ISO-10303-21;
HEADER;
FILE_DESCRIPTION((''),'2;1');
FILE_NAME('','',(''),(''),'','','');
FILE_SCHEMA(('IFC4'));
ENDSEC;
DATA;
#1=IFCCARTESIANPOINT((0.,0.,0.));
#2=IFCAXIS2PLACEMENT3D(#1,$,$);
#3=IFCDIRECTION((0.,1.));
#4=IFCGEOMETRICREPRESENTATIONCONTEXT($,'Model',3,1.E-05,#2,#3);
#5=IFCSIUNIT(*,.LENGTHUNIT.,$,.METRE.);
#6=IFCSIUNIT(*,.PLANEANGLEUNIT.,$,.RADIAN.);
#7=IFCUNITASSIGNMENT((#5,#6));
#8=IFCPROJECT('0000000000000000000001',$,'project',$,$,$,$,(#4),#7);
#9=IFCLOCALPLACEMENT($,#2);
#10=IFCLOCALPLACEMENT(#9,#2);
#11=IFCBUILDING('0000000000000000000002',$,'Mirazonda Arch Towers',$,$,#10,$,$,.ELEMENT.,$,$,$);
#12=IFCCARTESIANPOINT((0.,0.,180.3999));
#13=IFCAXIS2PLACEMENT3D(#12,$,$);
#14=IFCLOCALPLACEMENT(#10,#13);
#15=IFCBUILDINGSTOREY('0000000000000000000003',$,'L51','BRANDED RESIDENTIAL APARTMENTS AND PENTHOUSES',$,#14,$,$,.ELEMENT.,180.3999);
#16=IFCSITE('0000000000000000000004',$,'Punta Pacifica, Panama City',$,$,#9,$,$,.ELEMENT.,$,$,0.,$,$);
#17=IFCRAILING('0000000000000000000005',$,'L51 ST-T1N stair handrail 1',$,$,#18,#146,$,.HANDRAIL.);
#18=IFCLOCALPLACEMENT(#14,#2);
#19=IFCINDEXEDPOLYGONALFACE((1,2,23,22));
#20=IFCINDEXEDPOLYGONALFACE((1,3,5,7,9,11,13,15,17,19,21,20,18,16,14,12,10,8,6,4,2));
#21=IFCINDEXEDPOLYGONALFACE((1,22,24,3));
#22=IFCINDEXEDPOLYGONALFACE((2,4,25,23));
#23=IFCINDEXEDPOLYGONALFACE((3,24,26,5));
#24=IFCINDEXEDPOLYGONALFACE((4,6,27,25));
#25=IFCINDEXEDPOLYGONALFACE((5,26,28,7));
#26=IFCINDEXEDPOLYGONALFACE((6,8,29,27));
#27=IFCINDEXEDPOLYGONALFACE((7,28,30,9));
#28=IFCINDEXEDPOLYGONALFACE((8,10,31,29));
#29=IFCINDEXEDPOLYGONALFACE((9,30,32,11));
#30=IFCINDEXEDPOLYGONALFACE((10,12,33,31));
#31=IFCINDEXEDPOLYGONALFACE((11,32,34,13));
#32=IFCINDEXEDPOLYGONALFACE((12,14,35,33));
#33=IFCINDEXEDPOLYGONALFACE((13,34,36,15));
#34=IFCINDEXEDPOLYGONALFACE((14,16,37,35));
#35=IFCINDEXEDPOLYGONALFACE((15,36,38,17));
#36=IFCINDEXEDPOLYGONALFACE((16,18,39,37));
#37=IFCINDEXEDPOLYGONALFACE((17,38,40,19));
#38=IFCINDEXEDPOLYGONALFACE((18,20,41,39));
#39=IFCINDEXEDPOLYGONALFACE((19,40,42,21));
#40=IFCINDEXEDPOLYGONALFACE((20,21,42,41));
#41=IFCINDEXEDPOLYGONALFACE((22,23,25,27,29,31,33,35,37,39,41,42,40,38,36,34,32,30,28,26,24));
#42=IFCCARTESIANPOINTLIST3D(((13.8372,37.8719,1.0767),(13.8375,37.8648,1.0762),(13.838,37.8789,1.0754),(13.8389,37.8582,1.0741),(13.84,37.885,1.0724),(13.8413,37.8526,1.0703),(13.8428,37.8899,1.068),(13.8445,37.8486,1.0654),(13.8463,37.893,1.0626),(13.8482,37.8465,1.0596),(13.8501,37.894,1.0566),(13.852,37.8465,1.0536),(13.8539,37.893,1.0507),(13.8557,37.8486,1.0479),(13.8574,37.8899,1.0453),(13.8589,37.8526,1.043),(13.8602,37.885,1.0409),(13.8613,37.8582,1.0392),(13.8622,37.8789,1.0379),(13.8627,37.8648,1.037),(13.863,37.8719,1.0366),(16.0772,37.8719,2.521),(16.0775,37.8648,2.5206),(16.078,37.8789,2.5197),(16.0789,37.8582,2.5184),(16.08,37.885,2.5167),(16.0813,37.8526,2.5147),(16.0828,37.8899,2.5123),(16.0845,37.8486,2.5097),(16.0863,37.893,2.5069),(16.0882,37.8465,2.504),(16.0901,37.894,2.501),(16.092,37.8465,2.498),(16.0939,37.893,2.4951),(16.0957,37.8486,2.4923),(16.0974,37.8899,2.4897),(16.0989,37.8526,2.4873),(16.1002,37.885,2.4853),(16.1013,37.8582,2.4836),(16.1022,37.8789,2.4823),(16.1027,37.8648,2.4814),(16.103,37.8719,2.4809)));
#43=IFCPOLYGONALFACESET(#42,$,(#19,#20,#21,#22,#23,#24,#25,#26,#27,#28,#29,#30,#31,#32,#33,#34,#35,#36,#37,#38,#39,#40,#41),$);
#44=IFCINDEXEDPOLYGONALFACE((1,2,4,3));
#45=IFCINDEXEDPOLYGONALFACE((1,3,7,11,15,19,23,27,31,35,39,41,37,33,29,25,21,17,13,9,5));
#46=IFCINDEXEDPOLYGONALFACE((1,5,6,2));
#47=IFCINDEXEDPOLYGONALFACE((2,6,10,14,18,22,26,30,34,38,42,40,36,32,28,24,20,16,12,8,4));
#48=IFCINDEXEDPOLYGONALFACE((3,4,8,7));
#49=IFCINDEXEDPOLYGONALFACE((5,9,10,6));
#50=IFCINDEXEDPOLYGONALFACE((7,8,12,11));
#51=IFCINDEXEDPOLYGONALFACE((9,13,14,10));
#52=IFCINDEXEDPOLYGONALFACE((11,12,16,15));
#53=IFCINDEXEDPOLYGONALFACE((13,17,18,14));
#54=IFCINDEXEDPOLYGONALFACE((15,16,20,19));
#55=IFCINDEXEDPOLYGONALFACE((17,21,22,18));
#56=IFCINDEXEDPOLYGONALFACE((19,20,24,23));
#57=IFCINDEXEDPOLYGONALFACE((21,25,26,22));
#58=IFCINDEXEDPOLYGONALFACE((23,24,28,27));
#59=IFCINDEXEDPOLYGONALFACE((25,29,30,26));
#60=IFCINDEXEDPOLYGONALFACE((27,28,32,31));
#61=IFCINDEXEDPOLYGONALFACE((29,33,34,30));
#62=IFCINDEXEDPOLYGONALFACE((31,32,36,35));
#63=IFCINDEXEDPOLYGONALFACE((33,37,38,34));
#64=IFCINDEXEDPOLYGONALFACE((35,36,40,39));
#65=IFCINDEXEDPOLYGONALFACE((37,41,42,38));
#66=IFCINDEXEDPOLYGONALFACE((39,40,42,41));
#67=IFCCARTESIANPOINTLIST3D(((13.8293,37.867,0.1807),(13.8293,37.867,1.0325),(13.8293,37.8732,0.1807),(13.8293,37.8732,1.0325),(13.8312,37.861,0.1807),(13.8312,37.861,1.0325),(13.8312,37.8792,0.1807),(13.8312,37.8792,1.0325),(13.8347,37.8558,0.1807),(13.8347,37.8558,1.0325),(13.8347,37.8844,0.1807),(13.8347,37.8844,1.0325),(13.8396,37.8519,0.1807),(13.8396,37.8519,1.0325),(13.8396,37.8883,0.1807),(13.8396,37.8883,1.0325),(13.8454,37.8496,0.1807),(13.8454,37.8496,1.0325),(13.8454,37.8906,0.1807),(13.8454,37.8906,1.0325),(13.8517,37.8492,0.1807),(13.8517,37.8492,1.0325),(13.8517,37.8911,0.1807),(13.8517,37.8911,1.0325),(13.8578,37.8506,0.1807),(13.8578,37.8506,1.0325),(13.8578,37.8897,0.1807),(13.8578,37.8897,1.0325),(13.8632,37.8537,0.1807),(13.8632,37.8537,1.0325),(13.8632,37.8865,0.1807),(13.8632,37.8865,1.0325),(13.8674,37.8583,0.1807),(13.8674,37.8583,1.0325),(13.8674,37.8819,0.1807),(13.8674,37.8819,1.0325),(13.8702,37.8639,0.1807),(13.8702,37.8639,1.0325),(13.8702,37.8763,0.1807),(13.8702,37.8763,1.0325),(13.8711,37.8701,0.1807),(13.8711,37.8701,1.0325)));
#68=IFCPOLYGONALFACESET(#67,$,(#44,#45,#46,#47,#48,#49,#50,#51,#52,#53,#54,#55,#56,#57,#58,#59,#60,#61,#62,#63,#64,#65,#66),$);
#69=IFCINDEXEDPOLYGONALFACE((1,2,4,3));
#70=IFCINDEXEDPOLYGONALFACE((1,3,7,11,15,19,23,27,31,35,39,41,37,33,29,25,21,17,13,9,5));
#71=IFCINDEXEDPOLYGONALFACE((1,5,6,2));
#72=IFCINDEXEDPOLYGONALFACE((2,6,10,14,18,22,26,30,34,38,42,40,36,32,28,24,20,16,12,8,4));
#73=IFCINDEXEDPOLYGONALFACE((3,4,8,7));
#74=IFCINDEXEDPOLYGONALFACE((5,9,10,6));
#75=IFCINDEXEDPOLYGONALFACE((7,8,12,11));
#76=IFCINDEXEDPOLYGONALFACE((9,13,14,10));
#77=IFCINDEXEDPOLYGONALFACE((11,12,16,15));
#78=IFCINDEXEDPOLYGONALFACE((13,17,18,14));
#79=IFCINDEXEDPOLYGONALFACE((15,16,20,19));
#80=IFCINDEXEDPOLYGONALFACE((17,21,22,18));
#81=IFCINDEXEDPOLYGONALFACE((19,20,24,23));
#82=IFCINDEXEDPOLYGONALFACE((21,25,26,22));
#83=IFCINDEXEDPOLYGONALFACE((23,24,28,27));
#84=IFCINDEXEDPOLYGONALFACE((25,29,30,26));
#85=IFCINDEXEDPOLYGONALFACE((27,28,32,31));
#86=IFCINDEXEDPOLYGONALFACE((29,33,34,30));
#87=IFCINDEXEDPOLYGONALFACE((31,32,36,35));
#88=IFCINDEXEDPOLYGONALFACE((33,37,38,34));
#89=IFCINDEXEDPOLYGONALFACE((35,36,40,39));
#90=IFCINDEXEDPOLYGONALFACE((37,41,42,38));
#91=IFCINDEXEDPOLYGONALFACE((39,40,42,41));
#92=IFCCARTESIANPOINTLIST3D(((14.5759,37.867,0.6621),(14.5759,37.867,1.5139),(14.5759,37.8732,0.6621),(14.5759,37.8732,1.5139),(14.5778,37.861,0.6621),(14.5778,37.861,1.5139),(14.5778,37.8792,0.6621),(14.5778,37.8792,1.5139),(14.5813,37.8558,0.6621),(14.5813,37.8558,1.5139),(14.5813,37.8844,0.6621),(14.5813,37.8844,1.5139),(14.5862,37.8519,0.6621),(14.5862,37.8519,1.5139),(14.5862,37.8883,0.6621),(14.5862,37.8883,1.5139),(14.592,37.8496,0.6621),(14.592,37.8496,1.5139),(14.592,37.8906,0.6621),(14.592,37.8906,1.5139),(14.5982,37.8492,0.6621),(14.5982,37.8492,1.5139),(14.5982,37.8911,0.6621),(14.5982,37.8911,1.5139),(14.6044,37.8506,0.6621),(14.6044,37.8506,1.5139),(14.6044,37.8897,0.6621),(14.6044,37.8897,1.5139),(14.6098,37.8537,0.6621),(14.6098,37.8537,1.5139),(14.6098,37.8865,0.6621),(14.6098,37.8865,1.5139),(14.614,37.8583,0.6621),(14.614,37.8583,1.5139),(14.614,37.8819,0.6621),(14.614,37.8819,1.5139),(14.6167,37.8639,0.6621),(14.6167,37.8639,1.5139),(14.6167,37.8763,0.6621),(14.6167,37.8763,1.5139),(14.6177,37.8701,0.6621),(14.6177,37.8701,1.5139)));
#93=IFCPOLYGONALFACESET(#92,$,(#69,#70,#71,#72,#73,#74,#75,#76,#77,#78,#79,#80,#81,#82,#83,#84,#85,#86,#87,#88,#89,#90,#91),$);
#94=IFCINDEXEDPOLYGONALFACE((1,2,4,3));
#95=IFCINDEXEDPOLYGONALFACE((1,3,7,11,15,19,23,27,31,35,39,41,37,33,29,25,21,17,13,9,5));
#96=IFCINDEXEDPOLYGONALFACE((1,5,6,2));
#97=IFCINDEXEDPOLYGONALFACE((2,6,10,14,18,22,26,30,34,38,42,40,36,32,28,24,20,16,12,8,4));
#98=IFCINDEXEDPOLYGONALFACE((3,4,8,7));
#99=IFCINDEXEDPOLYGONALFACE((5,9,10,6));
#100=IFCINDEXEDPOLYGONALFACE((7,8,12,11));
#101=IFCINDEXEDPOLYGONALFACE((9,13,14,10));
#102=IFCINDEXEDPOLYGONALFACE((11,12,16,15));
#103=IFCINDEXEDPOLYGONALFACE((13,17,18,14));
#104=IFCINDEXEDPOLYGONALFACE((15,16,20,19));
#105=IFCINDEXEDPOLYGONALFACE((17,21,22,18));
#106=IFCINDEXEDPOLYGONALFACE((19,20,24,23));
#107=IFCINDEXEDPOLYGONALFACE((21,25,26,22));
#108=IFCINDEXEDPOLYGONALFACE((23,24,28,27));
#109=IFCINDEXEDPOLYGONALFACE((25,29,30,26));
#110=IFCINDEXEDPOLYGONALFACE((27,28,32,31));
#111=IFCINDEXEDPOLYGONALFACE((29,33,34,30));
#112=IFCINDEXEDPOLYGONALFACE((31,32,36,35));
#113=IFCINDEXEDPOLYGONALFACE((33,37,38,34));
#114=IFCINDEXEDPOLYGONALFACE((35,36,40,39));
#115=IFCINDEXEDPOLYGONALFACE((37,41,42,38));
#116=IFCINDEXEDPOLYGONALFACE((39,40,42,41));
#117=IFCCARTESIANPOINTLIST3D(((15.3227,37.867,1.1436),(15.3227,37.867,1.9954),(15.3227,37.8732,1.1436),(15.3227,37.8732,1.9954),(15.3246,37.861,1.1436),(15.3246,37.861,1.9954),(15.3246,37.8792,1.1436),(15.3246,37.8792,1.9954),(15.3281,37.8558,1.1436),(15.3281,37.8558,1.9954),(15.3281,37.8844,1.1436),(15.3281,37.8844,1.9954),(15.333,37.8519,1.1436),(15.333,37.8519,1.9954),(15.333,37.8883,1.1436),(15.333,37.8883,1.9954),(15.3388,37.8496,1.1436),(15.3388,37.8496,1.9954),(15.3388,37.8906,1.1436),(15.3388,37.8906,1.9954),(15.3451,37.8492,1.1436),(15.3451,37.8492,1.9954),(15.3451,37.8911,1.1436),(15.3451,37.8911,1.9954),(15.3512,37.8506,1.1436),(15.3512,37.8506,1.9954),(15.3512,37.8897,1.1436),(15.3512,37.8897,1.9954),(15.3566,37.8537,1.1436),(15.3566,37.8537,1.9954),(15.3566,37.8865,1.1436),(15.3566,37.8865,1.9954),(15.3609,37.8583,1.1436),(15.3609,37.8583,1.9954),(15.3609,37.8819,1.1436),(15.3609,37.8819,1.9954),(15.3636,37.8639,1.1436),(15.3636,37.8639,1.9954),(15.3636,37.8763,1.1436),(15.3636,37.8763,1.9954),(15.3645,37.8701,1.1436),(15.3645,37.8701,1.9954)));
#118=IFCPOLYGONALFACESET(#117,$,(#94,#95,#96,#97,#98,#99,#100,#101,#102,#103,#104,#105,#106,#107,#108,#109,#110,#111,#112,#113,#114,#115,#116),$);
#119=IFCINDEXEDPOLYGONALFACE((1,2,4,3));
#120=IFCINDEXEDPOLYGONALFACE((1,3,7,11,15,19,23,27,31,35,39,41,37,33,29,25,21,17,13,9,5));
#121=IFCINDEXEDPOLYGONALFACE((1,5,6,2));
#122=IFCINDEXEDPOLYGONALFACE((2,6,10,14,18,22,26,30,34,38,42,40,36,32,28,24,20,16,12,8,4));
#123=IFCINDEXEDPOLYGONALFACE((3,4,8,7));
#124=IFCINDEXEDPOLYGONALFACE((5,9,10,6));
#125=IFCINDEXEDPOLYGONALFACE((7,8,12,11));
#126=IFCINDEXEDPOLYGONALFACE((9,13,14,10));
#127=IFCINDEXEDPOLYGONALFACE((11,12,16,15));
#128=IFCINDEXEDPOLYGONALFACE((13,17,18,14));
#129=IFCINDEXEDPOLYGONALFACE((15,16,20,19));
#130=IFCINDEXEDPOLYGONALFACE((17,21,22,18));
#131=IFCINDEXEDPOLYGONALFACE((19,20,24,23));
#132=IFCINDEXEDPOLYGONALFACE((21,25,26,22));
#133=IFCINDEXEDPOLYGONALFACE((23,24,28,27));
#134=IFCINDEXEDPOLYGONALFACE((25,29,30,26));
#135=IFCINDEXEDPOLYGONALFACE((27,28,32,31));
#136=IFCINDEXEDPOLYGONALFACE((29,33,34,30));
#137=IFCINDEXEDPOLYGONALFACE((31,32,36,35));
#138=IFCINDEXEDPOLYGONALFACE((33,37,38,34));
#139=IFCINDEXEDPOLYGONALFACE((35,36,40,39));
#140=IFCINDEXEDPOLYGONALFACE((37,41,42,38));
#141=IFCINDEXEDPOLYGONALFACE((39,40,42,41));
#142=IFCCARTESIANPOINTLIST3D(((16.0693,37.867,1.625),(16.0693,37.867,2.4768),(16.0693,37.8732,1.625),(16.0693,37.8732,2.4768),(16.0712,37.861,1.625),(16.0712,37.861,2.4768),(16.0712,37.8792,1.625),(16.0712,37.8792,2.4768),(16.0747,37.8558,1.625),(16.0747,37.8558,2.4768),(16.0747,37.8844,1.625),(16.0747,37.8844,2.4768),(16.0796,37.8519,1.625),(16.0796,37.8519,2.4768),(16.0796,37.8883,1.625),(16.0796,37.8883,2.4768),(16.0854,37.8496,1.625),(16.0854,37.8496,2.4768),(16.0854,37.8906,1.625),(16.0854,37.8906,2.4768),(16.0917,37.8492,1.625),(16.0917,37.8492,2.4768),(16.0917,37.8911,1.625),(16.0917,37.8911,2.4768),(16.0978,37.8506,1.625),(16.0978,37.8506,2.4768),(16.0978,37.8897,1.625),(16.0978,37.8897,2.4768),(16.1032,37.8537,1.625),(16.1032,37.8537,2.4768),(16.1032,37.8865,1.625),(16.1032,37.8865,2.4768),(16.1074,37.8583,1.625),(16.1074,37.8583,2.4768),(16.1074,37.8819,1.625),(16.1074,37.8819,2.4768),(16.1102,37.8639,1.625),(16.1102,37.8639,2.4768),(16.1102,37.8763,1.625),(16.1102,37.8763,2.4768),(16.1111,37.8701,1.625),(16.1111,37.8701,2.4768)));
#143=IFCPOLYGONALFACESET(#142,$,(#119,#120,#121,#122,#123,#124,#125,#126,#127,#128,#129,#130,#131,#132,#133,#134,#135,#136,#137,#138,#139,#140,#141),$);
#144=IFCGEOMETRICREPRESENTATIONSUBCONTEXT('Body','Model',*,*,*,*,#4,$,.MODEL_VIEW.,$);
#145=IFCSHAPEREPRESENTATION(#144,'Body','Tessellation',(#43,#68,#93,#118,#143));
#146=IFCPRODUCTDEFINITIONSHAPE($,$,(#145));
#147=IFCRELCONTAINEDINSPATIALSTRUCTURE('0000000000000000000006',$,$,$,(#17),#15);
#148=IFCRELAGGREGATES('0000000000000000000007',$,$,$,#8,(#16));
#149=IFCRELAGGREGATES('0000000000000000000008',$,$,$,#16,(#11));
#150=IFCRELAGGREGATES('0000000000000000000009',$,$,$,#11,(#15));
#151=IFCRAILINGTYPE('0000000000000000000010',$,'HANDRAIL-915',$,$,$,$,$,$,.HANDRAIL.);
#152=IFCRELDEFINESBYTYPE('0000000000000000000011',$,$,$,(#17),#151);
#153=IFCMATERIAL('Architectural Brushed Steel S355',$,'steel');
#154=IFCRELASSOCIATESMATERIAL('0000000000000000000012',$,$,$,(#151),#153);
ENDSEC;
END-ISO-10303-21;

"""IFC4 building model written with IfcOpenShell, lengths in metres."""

from ifc_helpers import new_model, si_unit, direction, frame, origin, origin_2d, place, context, subcontext, project, spatial, circle, extrude, material, type_object, element, save


model = new_model("IFC4")

# Units and contexts
model_context = context("Model", 3, precision=1e-05, world=origin(), true_north=direction((0.0, 1.0)))
body_context = subcontext(model_context, "Body", "Model", "MODEL_VIEW")
ifc_project = project(units=[si_unit("LENGTHUNIT", "METRE"), si_unit("PLANEANGLEUNIT", "RADIAN")], contexts=[model_context])

# Site, building, storey
site_placement = place(None, origin())
site = spatial("IfcSite", under=ifc_project, at=site_placement, Name="Punta Pacifica, Panama City", CompositionType="ELEMENT", RefElevation=0.0)
building_placement = place(site_placement, origin())
building = spatial("IfcBuilding", under=site, at=building_placement, Name="Mirazonda Arch Towers", CompositionType="ELEMENT")
storey_placement = place(building_placement, frame((0.0, 0.0, 180.3999)))
storey = spatial("IfcBuildingStorey", under=building, at=storey_placement, Name="L51", Description="BRANDED RESIDENTIAL APARTMENTS AND PENTHOUSES", CompositionType="ELEMENT", Elevation=180.3999)

# Shared definitions
ifc_material_1 = material(Name="Architectural Brushed Steel S355", Category="steel")

# Railing
railing_type_1 = type_object("IfcRailingType", Name="HANDRAIL-915", PredefinedType="HANDRAIL", material=ifc_material_1)
railing_1_placement = place(storey_placement, frame((13.8501, 37.8701, 0.1807)))
element("IfcRailing", 1, at=railing_1_placement, inside=storey, type_object=railing_type_1, Name="L51 ST-T1N stair handrail 1", PredefinedType="HANDRAIL", context=body_context, shape_type="SweptSolid", body=[
    extrude(circle(Radius=0.0239, at=origin_2d()), frame((0.0, 0.0, 0.876), z_axis=(0.840437, 0.0, 0.54191), x_axis=(0.0, 1.0, 0.0)), (0.0, 0.0, 1.0), 2.6653),
    extrude(circle(Radius=0.021, at=origin_2d()), origin(), (0.0, 0.0, 1.0), 0.8518),
    extrude(circle(Radius=0.021, at=origin_2d()), frame((0.7466, 0.0, 0.4814)), (0.0, 0.0, 1.0), 0.8518),
    extrude(circle(Radius=0.021, at=origin_2d()), frame((1.4934, 0.0, 0.9629)), (0.0, 0.0, 1.0), 0.8518),
    extrude(circle(Radius=0.021, at=origin_2d()), frame((2.24, 0.0, 1.4443)), (0.0, 0.0, 1.0), 0.8518),
])

save(model, "model.ifc")
